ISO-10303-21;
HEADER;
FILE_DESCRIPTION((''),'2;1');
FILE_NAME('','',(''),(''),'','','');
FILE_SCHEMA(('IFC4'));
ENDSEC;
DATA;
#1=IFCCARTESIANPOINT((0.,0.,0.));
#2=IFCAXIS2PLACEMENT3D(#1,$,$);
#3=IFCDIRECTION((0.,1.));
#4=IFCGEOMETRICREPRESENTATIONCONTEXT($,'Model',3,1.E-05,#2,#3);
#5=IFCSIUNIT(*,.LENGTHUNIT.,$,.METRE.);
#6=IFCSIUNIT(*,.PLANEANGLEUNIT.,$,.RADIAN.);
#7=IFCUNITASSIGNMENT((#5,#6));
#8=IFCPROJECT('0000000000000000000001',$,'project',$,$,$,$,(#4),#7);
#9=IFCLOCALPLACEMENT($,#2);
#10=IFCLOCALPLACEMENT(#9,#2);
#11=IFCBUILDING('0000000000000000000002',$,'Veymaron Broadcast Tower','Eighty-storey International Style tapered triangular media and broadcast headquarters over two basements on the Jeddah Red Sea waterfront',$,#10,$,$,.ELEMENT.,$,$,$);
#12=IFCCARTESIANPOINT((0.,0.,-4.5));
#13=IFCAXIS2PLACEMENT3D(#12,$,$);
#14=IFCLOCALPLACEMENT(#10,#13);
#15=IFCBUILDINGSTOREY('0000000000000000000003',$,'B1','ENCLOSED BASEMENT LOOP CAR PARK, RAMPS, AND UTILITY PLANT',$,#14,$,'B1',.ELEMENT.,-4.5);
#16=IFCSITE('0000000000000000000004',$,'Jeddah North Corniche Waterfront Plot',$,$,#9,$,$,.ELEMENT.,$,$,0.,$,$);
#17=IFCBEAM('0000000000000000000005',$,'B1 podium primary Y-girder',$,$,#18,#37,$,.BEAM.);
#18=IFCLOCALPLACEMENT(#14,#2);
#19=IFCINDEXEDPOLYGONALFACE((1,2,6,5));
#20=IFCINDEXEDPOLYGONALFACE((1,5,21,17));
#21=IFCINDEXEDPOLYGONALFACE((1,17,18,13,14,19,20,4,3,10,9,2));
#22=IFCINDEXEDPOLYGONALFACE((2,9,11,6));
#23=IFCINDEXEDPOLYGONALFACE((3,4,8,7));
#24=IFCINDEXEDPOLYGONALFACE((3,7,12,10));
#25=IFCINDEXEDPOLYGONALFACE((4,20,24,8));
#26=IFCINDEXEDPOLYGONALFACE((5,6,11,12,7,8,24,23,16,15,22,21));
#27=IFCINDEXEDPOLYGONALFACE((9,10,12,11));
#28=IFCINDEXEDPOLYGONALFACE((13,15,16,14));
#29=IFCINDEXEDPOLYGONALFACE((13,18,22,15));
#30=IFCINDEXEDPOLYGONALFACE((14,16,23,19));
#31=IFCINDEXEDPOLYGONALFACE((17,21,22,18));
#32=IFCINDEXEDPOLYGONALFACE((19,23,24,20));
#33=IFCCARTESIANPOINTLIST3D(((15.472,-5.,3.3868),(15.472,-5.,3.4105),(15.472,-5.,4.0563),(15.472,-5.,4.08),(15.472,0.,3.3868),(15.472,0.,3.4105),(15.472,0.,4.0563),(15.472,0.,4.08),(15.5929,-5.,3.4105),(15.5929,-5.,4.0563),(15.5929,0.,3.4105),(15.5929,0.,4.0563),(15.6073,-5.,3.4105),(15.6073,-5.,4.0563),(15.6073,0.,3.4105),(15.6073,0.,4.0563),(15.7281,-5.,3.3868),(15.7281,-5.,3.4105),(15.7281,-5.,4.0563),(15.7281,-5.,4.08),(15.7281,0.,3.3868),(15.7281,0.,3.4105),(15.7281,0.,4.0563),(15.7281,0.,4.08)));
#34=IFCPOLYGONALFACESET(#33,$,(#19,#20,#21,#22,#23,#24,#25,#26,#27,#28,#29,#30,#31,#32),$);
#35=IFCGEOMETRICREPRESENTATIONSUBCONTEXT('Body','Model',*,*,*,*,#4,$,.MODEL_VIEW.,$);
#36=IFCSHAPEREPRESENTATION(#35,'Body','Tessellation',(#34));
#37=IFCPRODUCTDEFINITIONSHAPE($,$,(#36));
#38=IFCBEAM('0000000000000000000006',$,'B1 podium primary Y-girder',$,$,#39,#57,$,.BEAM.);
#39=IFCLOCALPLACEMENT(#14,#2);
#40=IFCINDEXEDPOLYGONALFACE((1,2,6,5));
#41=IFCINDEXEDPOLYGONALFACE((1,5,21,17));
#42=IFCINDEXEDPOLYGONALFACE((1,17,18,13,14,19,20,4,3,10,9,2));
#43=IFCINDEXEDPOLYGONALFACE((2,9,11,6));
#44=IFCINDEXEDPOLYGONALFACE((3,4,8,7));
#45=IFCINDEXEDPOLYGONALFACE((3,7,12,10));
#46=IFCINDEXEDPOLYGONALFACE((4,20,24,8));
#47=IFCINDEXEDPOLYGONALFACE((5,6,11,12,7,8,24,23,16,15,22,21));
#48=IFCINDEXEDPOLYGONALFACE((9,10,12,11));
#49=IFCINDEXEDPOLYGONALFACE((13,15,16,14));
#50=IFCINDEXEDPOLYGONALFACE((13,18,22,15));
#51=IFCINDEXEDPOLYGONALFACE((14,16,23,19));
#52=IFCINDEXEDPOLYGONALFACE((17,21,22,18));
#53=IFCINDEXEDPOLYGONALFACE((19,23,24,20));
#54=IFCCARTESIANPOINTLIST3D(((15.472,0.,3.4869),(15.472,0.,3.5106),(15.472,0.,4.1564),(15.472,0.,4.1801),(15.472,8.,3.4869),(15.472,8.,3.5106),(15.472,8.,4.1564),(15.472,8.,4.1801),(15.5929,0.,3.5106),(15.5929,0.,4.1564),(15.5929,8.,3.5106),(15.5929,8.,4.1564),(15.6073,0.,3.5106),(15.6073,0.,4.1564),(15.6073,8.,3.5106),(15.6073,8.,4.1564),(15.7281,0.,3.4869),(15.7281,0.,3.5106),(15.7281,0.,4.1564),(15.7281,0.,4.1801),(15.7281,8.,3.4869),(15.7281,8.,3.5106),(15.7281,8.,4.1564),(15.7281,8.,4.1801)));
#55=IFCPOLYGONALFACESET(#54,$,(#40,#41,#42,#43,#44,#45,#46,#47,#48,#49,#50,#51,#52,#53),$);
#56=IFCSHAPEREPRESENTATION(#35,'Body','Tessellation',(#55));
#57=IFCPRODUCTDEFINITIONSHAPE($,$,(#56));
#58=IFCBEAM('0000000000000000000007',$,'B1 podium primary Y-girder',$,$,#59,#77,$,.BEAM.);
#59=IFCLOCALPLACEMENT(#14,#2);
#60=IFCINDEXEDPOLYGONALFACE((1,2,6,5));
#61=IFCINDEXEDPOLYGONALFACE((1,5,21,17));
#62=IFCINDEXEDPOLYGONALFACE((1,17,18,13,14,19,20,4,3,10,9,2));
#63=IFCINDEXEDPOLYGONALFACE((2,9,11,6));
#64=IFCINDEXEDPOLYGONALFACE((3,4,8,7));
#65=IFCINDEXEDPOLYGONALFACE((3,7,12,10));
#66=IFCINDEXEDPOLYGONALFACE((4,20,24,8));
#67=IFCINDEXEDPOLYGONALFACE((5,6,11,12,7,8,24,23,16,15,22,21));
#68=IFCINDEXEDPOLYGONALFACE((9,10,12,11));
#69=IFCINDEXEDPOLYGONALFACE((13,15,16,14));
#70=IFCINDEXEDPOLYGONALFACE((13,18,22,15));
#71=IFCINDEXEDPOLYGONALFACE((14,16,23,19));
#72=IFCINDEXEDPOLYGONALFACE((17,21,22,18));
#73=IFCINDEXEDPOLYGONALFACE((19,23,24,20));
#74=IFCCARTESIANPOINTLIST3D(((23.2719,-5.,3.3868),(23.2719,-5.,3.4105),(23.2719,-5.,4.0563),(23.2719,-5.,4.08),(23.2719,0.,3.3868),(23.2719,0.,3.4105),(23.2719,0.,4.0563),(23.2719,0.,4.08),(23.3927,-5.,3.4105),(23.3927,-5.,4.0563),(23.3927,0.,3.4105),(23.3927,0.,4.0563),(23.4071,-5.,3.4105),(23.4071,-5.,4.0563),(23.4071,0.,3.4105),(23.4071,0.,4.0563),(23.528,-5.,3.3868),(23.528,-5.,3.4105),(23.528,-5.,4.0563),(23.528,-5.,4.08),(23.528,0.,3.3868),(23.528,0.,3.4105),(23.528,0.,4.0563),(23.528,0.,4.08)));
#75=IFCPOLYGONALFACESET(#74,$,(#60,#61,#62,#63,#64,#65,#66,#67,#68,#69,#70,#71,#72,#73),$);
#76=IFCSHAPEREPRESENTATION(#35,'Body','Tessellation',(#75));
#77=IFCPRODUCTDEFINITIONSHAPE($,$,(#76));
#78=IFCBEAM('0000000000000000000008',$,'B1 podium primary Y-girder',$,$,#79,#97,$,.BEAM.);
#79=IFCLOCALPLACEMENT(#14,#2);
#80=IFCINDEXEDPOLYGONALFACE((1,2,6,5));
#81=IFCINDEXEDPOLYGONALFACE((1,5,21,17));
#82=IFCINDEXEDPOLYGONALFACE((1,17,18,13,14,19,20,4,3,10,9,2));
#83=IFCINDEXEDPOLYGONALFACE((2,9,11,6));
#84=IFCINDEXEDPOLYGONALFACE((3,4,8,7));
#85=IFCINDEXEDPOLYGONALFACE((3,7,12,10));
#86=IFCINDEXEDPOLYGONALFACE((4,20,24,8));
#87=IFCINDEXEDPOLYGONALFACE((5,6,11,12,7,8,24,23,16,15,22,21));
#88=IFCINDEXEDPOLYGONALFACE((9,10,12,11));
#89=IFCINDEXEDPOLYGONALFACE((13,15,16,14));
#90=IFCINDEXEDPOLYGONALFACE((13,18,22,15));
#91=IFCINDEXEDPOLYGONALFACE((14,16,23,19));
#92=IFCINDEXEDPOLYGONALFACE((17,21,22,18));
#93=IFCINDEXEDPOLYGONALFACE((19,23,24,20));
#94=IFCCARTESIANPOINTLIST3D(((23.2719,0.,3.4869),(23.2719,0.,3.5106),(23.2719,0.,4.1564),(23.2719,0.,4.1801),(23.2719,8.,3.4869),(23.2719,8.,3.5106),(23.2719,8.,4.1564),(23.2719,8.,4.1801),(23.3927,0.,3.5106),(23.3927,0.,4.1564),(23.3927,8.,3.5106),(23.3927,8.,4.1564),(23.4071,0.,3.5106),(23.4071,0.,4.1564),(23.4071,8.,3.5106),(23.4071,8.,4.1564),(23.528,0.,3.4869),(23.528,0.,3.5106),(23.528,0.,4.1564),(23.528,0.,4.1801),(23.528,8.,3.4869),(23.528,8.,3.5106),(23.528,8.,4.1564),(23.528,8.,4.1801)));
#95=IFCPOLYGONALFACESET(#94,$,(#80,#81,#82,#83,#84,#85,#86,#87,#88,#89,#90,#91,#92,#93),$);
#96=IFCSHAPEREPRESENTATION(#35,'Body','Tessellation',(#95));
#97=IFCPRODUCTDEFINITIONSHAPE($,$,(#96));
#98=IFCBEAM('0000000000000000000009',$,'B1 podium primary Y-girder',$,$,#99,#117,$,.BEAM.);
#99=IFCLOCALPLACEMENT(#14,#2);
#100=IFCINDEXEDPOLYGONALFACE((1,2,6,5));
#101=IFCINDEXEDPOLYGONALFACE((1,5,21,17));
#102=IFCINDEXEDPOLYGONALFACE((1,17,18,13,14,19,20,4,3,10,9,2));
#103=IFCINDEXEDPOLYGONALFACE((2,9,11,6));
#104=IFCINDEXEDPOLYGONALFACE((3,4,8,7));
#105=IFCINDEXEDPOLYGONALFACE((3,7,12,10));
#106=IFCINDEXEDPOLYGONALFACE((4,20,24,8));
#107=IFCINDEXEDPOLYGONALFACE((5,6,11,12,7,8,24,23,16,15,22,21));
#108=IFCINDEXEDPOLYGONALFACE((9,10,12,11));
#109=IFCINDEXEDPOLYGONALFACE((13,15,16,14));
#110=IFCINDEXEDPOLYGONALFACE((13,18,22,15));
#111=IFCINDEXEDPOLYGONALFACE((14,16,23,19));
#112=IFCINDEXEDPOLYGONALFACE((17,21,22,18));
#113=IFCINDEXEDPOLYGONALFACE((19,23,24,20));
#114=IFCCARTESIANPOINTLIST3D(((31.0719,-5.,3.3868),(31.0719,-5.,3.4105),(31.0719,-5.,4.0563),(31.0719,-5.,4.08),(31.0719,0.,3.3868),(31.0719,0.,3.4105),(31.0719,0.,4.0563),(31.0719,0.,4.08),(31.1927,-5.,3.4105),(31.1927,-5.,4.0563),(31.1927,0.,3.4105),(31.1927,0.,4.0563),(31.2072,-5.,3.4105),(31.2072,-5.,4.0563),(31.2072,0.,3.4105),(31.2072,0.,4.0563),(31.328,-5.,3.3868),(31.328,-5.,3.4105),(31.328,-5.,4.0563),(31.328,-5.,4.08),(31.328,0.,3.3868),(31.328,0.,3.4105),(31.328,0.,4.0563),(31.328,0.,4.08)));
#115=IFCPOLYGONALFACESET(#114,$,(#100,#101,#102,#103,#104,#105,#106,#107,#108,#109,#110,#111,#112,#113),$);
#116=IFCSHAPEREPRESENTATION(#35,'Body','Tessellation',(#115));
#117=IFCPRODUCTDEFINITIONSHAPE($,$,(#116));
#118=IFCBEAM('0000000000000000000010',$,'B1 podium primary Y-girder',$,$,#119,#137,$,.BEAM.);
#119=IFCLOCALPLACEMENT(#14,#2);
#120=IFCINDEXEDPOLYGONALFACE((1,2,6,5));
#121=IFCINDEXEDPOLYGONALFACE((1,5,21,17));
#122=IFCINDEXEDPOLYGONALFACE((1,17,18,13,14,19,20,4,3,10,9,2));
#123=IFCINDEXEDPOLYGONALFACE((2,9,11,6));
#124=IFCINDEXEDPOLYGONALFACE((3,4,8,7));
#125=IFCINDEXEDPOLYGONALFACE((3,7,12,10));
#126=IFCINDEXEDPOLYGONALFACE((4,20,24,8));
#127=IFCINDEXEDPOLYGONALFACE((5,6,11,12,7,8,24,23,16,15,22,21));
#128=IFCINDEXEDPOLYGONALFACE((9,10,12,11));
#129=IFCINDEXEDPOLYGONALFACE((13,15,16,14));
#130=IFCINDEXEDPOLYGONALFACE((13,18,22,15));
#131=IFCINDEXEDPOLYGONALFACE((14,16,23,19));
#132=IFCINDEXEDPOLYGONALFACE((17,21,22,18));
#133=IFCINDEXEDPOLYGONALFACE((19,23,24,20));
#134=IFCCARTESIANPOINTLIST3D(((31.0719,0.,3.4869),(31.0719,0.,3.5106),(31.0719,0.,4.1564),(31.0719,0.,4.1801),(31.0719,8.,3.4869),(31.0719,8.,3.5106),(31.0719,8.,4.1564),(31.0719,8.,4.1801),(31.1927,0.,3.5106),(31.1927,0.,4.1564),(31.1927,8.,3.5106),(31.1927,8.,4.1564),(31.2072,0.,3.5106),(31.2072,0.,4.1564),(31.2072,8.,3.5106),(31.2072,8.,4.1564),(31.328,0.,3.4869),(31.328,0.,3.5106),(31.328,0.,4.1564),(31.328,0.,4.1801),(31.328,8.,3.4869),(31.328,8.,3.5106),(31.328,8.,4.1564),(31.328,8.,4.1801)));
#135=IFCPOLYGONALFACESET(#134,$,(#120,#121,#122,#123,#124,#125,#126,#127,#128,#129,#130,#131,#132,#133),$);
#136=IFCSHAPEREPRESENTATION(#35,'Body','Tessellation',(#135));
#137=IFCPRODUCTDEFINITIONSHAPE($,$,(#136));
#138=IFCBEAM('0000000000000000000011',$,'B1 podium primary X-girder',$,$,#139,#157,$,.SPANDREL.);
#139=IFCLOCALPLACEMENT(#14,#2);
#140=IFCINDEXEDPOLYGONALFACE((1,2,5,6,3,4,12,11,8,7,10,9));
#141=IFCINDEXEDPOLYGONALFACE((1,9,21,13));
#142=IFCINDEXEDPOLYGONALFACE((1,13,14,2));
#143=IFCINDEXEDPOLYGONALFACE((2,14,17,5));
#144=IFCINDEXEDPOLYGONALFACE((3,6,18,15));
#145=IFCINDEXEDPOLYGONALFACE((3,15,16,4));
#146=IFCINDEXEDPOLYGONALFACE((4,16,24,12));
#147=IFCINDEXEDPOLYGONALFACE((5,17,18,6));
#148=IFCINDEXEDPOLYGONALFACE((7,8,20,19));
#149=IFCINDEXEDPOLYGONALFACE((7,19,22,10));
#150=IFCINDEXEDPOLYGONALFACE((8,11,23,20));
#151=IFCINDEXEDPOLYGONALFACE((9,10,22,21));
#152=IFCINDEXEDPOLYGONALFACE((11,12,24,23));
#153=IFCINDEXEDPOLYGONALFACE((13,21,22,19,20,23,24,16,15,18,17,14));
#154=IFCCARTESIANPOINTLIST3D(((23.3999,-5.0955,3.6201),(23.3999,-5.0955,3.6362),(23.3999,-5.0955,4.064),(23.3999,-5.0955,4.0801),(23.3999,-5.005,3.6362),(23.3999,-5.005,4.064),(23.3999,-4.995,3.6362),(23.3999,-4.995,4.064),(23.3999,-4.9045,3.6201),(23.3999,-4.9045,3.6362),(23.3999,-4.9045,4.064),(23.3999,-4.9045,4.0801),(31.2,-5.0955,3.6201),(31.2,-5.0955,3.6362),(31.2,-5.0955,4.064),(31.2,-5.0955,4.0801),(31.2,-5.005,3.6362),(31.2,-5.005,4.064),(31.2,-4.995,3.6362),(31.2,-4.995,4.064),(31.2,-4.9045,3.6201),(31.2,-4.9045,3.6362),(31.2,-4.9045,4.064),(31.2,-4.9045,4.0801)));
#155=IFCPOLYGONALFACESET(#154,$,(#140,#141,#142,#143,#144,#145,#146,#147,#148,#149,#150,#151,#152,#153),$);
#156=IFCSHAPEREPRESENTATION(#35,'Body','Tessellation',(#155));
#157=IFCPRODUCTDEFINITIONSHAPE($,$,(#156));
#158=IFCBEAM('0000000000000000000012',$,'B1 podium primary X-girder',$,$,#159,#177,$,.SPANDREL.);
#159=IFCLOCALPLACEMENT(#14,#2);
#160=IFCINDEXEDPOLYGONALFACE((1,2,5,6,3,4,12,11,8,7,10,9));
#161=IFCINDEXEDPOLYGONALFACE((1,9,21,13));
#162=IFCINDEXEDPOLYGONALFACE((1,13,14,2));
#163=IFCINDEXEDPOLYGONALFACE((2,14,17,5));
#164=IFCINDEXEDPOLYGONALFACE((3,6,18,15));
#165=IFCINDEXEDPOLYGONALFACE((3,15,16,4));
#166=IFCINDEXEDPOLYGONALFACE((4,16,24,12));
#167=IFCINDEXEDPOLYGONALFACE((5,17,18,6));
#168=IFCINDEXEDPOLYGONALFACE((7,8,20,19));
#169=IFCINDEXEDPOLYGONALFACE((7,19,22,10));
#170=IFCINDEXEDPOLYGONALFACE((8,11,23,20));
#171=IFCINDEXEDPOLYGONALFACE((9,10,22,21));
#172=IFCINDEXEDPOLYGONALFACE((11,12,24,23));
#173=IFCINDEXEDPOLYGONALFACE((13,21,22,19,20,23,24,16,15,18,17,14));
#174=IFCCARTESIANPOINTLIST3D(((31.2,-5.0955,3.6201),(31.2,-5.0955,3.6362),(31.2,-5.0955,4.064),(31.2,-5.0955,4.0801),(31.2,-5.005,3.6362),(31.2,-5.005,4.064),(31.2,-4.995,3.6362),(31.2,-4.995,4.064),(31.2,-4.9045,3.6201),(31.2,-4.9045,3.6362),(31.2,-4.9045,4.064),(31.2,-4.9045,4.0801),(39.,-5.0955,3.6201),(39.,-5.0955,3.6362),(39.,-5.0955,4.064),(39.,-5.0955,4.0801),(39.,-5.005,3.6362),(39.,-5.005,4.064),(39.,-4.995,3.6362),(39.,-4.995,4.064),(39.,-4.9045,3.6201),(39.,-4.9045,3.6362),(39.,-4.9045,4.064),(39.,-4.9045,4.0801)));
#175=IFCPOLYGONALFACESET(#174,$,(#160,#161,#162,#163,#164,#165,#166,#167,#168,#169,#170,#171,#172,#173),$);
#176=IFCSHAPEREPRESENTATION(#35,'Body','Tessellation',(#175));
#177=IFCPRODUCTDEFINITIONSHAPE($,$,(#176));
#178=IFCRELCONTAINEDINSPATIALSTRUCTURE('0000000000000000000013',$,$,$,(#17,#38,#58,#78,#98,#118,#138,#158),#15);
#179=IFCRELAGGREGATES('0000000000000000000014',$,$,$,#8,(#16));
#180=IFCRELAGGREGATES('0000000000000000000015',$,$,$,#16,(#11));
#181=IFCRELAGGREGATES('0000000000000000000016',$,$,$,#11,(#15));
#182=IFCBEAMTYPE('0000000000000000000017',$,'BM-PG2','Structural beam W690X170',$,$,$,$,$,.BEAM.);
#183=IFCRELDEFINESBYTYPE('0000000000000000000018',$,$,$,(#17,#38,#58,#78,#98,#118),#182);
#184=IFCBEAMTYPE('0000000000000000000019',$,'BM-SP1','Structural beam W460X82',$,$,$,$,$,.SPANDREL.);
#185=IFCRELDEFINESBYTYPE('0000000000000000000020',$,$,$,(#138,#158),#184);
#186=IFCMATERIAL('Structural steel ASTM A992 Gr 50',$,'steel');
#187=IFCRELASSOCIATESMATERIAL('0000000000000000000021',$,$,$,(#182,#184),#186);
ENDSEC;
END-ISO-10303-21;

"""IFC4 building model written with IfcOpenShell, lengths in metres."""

from ifc_helpers import new_model, si_unit, direction, frame, origin, origin_2d, place, context, subcontext, project, spatial, i_section, extrude, material, material_profile, profile_set, type_object, element, save


model = new_model("IFC4")

# Units and contexts
model_context = context("Model", 3, precision=1e-05, world=origin(), true_north=direction((0.0, 1.0)))
body_context = subcontext(model_context, "Body", "Model", "MODEL_VIEW")
ifc_project = project(units=[si_unit("LENGTHUNIT", "METRE"), si_unit("PLANEANGLEUNIT", "RADIAN")], contexts=[model_context])

# Site, building, storey
site_placement = place(None, origin())
site = spatial("IfcSite", under=ifc_project, at=site_placement, Name="Jeddah North Corniche Waterfront Plot", CompositionType="ELEMENT", RefElevation=0.0)
building_placement = place(site_placement, origin())
building = spatial("IfcBuilding", under=site, at=building_placement, Name="Veymaron Broadcast Tower", Description="Eighty-storey International Style tapered triangular media and broadcast headquarters over two basements on the Jeddah Red Sea waterfront", CompositionType="ELEMENT")
storey_placement = place(building_placement, frame((0.0, 0.0, -4.5)))
storey = spatial("IfcBuildingStorey", under=building, at=storey_placement, Name="B1", Description="ENCLOSED BASEMENT LOOP CAR PARK, RAMPS, AND UTILITY PLANT", LongName="B1", CompositionType="ELEMENT", Elevation=-4.5)

# Beams
ifc_material_1 = material(Name="Structural steel ASTM A992 Gr 50", Category="steel")
ifc_material_profile_1 = material_profile(ifc_material_1, i_section(OverallWidth=0.2561, OverallDepth=0.6931, WebThickness=0.0144, FlangeThickness=0.0237, at=origin_2d()), Name="W690X170")
ifc_profile_set_1 = profile_set([ifc_material_profile_1], Name="Structural steel ASTM A992 Gr 50")
beam_type_1 = type_object("IfcBeamType", Name="BM-PG2", Description="Structural beam W690X170", PredefinedType="BEAM", material=ifc_profile_set_1)
beam_1_placement = place(storey_placement, frame((15.6001, -5.0, 3.7334), z_axis=(0.0, 1.0, 0.0), x_axis=(-1.0, 0.0, 0.0)))
element("IfcBeam", 1, at=beam_1_placement, inside=storey, type_object=beam_type_1, Name="B1 podium primary Y-girder", PredefinedType="BEAM", context=body_context, shape_type="SweptSolid", body=[
    extrude(i_section(OverallWidth=0.2561, OverallDepth=0.6931, WebThickness=0.0144, FlangeThickness=0.0237, at=origin_2d()), origin(), (0.0, 0.0, 1.0), 5.0),
])
beam_2_placement = place(storey_placement, frame((15.6001, 0.0, 3.8335), z_axis=(0.0, 1.0, 0.0), x_axis=(-1.0, 0.0, 0.0)))
element("IfcBeam", 2, at=beam_2_placement, inside=storey, type_object=beam_type_1, Name="B1 podium primary Y-girder", PredefinedType="BEAM", context=body_context, shape_type="SweptSolid", body=[
    extrude(i_section(OverallWidth=0.2561, OverallDepth=0.6931, WebThickness=0.0144, FlangeThickness=0.0237, at=origin_2d()), origin(), (0.0, 0.0, 1.0), 8.0),
])
beam_3_placement = place(storey_placement, frame((23.3999, -5.0, 3.7334), z_axis=(0.0, 1.0, 0.0), x_axis=(-1.0, 0.0, 0.0)))
element("IfcBeam", 3, at=beam_3_placement, inside=storey, type_object=beam_type_1, Name="B1 podium primary Y-girder", PredefinedType="BEAM", context=body_context, shape_type="SweptSolid", body=[
    extrude(i_section(OverallWidth=0.2561, OverallDepth=0.6931, WebThickness=0.0144, FlangeThickness=0.0237, at=origin_2d()), origin(), (0.0, 0.0, 1.0), 5.0),
])
beam_4_placement = place(storey_placement, frame((23.3999, 0.0, 3.8335), z_axis=(0.0, 1.0, 0.0), x_axis=(-1.0, 0.0, 0.0)))
element("IfcBeam", 4, at=beam_4_placement, inside=storey, type_object=beam_type_1, Name="B1 podium primary Y-girder", PredefinedType="BEAM", context=body_context, shape_type="SweptSolid", body=[
    extrude(i_section(OverallWidth=0.2561, OverallDepth=0.6931, WebThickness=0.0144, FlangeThickness=0.0237, at=origin_2d()), origin(), (0.0, 0.0, 1.0), 8.0),
])
beam_5_placement = place(storey_placement, frame((31.2, -5.0, 3.7334), z_axis=(0.0, 1.0, 0.0), x_axis=(-1.0, 0.0, 0.0)))
element("IfcBeam", 5, at=beam_5_placement, inside=storey, type_object=beam_type_1, Name="B1 podium primary Y-girder", PredefinedType="BEAM", context=body_context, shape_type="SweptSolid", body=[
    extrude(i_section(OverallWidth=0.2561, OverallDepth=0.6931, WebThickness=0.0144, FlangeThickness=0.0237, at=origin_2d()), origin(), (0.0, 0.0, 1.0), 5.0),
])
beam_6_placement = place(storey_placement, frame((31.2, 0.0, 3.8335), z_axis=(0.0, 1.0, 0.0), x_axis=(-1.0, 0.0, 0.0)))
element("IfcBeam", 6, at=beam_6_placement, inside=storey, type_object=beam_type_1, Name="B1 podium primary Y-girder", PredefinedType="BEAM", context=body_context, shape_type="SweptSolid", body=[
    extrude(i_section(OverallWidth=0.2561, OverallDepth=0.6931, WebThickness=0.0144, FlangeThickness=0.0237, at=origin_2d()), origin(), (0.0, 0.0, 1.0), 8.0),
])
ifc_material_profile_2 = material_profile(ifc_material_1, i_section(OverallWidth=0.1909, OverallDepth=0.46, WebThickness=0.01, FlangeThickness=0.0161, at=origin_2d()), Name="W460X82")
ifc_profile_set_2 = profile_set([ifc_material_profile_2], Name="Structural steel ASTM A992 Gr 50")
beam_type_2 = type_object("IfcBeamType", Name="BM-SP1", Description="Structural beam W460X82", PredefinedType="SPANDREL", material=ifc_profile_set_2)
for number, where, z_axis, x_axis, name in (
    (7, (23.3999, -5.0, 3.8501), (1.0, 0.0, 0.0), (0.0, 1.0, 0.0), "B1 podium primary X-girder"),
    (8, (31.2, -5.0, 3.8501), (1.0, 0.0, 0.0), (0.0, 1.0, 0.0), "B1 podium primary X-girder"),
):
    element("IfcBeam", number, at=place(storey_placement, frame(where, z_axis=z_axis, x_axis=x_axis)), inside=storey, type_object=beam_type_2, Name=name, PredefinedType="SPANDREL", context=body_context, shape_type="SweptSolid", body=[
        extrude(i_section(OverallWidth=0.1909, OverallDepth=0.46, WebThickness=0.01, FlangeThickness=0.0161, at=origin_2d()), origin(), (0.0, 0.0, 1.0), 7.8),
    ])

save(model, "model.ifc")
